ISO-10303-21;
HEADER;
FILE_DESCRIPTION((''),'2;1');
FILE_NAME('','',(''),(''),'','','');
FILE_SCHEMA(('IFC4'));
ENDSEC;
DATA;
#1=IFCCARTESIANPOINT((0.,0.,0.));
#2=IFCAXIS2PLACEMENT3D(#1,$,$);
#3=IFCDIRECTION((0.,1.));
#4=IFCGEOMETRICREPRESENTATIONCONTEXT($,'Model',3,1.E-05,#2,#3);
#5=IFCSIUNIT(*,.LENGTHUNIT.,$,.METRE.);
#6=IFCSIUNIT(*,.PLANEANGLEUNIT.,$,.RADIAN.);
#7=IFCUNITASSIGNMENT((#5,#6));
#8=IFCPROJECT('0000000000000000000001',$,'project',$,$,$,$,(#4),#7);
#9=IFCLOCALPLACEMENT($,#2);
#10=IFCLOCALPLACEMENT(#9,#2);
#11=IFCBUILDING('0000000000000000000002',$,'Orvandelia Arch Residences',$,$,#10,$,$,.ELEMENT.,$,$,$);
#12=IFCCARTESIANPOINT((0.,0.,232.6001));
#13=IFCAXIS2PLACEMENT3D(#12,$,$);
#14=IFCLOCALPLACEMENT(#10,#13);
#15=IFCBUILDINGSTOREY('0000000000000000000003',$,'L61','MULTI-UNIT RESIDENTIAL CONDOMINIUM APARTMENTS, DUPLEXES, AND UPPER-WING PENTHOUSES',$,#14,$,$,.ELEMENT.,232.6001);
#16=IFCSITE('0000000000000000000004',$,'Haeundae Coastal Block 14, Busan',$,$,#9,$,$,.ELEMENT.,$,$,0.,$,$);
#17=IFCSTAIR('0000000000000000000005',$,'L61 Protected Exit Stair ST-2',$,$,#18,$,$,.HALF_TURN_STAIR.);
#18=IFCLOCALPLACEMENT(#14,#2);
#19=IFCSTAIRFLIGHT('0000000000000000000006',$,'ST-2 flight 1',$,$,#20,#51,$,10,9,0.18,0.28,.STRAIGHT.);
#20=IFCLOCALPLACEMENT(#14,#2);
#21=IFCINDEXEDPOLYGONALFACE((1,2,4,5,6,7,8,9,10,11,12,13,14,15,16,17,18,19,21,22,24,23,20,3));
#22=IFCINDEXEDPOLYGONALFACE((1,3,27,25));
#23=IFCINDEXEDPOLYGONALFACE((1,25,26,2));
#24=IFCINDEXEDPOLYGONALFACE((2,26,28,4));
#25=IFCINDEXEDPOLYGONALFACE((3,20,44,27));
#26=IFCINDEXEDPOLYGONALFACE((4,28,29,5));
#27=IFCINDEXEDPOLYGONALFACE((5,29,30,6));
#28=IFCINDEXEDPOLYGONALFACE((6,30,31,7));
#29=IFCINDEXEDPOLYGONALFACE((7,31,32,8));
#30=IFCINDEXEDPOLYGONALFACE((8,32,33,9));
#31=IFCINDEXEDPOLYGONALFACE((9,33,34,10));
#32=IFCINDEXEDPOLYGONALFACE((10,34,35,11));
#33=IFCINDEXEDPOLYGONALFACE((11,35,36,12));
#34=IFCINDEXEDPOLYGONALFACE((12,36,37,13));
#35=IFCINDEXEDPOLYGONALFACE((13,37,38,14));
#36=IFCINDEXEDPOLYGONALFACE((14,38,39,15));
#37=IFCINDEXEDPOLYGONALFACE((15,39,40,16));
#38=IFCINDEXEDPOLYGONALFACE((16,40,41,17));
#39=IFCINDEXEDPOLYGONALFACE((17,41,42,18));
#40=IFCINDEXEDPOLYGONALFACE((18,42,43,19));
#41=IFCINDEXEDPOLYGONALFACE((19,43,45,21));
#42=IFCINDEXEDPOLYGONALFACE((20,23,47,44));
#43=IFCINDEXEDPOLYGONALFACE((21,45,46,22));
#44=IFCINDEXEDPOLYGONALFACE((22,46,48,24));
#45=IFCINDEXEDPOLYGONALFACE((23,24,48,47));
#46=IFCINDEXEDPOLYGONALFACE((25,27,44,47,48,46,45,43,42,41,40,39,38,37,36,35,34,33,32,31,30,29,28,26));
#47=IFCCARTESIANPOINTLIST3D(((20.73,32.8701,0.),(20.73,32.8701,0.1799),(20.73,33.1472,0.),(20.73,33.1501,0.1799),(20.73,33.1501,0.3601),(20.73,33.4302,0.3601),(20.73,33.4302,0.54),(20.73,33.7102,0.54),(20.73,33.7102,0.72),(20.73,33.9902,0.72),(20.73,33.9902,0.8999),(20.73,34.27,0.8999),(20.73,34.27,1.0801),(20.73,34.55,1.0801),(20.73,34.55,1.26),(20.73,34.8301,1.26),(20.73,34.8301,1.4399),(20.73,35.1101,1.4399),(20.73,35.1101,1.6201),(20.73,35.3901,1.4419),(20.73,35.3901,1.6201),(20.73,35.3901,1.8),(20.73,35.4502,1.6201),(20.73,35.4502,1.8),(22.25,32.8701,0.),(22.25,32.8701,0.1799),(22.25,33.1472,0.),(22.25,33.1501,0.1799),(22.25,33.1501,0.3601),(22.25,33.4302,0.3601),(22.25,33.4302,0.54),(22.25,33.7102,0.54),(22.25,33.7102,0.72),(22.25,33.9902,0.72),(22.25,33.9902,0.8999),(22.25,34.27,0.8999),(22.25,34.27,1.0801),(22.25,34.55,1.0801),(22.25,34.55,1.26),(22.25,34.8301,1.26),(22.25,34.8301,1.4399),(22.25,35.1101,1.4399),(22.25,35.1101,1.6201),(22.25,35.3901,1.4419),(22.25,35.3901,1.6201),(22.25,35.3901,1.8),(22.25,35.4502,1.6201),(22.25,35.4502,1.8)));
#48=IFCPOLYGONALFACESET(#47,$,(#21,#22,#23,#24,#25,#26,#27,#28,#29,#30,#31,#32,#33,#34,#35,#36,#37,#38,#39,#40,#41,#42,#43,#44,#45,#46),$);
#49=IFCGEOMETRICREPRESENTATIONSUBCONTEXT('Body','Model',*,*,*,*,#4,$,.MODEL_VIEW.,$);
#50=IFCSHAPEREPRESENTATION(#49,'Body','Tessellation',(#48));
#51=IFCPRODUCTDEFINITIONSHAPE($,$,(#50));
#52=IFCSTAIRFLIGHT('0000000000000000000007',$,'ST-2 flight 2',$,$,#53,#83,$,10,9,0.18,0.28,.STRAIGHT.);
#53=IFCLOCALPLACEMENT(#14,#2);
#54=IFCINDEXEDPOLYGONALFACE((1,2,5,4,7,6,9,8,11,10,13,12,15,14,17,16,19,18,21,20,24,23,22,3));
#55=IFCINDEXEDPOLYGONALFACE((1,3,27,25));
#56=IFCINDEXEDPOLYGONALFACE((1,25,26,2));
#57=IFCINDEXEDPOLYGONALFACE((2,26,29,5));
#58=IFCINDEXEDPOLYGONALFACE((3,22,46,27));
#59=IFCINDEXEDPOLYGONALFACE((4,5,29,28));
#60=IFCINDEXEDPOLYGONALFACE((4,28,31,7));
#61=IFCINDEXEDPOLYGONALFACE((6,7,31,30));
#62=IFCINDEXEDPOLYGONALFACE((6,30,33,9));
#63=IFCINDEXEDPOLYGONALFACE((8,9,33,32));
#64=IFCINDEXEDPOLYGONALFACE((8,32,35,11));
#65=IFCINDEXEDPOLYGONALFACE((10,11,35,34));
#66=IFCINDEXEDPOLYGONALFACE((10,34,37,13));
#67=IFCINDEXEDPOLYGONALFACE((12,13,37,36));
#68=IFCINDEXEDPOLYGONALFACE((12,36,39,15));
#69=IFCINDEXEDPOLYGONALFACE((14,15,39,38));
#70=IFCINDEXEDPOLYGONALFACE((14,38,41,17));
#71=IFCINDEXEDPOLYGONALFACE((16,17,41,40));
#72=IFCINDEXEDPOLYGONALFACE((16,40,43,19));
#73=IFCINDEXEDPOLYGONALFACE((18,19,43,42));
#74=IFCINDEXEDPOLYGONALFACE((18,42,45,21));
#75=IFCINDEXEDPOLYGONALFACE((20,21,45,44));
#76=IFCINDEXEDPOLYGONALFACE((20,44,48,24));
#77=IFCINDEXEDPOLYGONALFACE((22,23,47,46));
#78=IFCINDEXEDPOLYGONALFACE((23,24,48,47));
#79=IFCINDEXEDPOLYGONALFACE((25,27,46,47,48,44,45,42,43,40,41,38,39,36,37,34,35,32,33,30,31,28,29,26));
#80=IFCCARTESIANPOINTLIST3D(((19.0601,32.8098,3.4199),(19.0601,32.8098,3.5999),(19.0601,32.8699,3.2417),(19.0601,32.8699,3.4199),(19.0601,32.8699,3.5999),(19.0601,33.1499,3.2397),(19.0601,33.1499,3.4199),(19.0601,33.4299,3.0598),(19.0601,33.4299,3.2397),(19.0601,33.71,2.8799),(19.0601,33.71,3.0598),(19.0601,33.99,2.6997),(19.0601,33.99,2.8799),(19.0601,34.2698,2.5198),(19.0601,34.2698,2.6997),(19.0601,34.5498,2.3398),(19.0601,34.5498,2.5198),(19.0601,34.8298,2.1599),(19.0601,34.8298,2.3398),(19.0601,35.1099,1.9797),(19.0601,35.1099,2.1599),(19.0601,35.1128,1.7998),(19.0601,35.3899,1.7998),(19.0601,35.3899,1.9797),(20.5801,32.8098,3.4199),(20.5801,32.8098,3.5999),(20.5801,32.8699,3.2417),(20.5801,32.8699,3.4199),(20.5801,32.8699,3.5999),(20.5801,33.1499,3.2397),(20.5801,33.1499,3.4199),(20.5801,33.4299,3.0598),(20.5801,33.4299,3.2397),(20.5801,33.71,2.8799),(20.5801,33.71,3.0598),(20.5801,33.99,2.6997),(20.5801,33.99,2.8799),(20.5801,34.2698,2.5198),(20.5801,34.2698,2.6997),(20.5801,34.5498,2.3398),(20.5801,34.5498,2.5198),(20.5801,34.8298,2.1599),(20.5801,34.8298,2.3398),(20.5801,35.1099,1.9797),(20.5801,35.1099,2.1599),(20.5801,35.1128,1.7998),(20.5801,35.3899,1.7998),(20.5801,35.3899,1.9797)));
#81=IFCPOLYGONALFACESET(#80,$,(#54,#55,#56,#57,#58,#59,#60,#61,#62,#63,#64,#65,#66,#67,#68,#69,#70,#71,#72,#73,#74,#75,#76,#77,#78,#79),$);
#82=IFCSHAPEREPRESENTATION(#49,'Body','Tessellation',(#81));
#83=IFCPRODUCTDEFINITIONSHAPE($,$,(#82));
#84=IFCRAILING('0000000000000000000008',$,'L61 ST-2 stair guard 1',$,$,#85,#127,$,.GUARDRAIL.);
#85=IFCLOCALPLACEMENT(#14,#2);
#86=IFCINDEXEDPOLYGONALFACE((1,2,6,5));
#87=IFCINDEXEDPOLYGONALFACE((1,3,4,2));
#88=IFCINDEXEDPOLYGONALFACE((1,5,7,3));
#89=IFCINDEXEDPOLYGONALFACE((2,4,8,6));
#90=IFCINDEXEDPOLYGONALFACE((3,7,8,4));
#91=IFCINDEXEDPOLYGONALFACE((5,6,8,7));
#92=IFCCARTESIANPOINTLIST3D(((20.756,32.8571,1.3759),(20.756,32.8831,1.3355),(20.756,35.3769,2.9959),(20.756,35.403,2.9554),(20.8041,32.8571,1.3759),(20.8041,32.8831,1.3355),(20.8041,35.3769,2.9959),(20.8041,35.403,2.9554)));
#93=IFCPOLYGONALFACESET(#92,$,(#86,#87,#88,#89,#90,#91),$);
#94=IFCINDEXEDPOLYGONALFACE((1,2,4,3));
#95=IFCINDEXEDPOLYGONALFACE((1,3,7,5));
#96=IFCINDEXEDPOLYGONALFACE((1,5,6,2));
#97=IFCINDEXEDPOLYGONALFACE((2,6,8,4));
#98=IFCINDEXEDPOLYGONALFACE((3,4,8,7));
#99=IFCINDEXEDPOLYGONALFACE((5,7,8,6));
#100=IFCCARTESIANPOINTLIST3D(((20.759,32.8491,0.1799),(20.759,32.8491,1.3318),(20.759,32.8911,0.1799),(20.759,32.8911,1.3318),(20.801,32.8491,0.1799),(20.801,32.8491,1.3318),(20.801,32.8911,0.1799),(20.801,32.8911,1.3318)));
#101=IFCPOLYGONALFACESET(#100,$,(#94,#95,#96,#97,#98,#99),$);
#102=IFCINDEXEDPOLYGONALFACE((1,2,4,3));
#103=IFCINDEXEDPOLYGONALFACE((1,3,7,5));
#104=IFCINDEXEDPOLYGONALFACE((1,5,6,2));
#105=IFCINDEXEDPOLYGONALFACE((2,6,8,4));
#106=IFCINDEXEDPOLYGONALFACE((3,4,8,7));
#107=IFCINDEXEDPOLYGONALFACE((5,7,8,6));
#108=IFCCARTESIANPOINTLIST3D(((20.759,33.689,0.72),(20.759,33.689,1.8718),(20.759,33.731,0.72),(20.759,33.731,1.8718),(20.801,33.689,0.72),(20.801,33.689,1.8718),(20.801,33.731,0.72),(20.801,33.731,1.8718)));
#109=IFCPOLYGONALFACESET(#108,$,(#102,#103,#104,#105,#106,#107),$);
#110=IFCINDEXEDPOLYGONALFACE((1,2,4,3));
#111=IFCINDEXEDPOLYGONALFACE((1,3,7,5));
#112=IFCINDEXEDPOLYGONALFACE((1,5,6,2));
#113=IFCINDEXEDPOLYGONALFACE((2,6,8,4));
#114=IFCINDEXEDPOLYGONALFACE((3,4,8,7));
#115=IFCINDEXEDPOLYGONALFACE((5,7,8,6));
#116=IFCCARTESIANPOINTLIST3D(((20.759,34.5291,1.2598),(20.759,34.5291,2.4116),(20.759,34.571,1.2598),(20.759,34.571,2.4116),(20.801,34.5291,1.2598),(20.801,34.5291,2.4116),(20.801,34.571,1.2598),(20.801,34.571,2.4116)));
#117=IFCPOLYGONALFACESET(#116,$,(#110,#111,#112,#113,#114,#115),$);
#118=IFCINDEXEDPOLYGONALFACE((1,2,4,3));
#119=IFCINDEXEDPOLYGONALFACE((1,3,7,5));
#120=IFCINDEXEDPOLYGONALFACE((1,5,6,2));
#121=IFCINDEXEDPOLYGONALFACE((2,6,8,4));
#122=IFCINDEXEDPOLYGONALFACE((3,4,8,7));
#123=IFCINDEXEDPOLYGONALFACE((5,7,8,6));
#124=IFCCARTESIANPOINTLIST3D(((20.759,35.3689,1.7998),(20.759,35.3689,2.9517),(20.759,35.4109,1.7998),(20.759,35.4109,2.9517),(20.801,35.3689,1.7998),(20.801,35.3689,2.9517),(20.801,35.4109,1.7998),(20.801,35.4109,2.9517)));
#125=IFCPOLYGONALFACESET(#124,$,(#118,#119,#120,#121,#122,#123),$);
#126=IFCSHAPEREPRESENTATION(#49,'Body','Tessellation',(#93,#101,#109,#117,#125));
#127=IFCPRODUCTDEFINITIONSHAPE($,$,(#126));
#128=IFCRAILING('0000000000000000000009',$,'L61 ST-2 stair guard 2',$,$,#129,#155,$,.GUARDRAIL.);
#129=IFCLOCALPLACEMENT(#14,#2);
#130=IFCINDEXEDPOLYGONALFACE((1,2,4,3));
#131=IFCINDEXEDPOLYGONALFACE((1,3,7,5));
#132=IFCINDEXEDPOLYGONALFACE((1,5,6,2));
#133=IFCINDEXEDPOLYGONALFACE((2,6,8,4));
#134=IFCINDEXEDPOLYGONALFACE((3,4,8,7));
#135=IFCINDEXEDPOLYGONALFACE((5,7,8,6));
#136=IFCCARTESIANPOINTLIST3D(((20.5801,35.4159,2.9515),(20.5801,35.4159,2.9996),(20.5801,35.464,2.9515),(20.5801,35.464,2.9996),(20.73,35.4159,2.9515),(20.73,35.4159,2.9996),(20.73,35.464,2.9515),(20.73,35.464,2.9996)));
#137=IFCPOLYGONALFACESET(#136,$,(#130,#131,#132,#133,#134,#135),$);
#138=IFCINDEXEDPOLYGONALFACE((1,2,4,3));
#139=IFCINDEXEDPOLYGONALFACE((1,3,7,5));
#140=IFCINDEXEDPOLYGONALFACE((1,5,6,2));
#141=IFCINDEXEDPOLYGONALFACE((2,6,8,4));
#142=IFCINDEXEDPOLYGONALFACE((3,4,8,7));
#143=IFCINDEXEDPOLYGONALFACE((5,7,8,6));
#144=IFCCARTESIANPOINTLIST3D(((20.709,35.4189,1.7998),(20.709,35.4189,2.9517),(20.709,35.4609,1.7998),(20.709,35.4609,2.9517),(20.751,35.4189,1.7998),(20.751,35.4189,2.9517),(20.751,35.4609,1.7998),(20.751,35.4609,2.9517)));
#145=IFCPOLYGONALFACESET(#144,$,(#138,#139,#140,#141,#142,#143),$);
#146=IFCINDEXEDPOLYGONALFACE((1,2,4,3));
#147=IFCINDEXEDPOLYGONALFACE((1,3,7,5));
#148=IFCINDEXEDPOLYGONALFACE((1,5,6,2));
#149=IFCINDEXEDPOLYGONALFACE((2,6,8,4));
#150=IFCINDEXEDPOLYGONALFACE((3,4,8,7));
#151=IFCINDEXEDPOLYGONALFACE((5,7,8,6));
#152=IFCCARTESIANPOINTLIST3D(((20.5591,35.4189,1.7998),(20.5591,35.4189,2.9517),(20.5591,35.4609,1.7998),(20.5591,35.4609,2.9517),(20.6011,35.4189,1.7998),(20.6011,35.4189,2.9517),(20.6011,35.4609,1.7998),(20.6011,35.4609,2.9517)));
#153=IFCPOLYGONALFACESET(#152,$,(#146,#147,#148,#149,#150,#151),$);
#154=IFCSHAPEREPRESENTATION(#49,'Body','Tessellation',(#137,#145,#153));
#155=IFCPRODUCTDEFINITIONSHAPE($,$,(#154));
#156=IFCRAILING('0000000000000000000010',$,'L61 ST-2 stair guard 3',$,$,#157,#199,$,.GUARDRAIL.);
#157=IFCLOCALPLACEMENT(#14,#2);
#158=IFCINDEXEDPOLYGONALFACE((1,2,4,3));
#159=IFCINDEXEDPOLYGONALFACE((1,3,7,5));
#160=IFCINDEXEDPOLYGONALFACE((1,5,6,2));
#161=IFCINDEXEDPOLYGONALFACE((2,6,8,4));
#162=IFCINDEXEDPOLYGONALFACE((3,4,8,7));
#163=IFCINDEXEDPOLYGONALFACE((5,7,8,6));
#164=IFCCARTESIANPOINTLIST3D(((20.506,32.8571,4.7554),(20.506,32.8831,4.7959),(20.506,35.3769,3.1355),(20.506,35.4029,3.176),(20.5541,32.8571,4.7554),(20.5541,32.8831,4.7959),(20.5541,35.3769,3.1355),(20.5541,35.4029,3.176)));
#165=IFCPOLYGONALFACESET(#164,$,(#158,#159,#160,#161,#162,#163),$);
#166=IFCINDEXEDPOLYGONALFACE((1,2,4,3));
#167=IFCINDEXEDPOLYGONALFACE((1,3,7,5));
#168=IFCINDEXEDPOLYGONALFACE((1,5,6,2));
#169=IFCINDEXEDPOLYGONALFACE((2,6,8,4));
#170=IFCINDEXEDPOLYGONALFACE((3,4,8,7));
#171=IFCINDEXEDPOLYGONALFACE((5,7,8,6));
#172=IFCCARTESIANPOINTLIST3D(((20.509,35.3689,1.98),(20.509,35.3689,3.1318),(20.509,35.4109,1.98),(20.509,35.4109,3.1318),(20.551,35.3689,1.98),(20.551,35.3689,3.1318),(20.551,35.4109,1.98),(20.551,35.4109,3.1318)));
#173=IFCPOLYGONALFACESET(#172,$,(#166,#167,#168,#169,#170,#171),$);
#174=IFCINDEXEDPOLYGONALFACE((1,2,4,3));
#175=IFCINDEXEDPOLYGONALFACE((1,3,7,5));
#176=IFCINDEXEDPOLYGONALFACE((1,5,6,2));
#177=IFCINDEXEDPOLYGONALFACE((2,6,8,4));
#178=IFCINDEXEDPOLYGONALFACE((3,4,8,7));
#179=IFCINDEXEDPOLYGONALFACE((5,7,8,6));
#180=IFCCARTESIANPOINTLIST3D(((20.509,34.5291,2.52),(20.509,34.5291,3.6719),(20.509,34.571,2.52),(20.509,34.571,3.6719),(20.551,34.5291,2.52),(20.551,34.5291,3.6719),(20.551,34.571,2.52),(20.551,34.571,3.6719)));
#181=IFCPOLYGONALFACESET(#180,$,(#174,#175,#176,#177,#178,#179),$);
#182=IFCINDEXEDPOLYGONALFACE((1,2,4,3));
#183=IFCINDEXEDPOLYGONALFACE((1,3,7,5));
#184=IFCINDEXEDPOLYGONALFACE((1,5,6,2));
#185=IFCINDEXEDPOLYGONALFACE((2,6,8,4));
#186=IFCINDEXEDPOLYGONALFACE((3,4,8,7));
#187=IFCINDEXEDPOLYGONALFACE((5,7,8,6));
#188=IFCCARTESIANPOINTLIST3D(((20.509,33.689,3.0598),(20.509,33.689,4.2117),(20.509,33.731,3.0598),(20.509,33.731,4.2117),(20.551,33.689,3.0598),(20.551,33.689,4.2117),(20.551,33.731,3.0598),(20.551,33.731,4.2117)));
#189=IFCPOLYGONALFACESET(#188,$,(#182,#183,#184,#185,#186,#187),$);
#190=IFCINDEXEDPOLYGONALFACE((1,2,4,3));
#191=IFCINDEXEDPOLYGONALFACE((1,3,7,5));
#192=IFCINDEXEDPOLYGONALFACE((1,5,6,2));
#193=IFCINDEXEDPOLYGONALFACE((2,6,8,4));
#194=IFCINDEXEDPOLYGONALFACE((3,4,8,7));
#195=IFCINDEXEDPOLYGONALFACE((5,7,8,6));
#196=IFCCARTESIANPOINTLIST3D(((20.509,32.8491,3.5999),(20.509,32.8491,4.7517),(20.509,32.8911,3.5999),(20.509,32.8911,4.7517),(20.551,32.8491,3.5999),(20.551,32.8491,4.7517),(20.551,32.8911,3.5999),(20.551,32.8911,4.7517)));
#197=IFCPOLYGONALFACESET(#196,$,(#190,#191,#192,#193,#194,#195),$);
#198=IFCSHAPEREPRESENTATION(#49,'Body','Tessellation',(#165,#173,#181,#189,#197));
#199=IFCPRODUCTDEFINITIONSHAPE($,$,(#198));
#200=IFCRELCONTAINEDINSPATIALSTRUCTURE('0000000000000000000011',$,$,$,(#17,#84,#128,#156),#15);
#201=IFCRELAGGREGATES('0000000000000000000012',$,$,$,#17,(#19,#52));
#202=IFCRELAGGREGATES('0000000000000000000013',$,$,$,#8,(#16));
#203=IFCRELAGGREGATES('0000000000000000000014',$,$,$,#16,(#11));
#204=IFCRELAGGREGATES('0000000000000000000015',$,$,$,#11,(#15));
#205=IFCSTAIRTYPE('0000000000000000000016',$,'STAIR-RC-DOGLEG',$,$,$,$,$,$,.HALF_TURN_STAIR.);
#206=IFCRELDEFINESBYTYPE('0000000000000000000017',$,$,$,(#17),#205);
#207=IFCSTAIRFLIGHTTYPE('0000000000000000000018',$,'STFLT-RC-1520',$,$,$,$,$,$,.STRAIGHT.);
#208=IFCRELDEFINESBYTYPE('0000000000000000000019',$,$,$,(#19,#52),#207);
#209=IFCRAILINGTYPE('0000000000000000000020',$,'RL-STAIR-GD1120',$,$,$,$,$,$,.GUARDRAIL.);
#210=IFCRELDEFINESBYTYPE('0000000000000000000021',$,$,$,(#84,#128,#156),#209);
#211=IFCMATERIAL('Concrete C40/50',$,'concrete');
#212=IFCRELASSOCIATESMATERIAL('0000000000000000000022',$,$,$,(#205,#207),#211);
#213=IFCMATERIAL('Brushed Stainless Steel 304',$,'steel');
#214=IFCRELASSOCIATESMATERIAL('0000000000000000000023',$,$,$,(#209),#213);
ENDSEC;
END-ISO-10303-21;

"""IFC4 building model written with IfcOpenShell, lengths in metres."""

from ifc_helpers import new_model, si_unit, direction, frame, origin, origin_2d, place, context, subcontext, project, spatial, polyline, rectangle, outline, extrude, material, type_object, element, aggregate, save


model = new_model("IFC4")

# Units and contexts
model_context = context("Model", 3, precision=1e-05, world=origin(), true_north=direction((0.0, 1.0)))
body_context = subcontext(model_context, "Body", "Model", "MODEL_VIEW")
ifc_project = project(units=[si_unit("LENGTHUNIT", "METRE"), si_unit("PLANEANGLEUNIT", "RADIAN")], contexts=[model_context])

# Site, building, storey
site_placement = place(None, origin())
site = spatial("IfcSite", under=ifc_project, at=site_placement, Name="Haeundae Coastal Block 14, Busan", CompositionType="ELEMENT", RefElevation=0.0)
building_placement = place(site_placement, origin())
building = spatial("IfcBuilding", under=site, at=building_placement, Name="Orvandelia Arch Residences", CompositionType="ELEMENT")
storey_placement = place(building_placement, frame((0.0, 0.0, 232.6001)))
storey = spatial("IfcBuildingStorey", under=building, at=storey_placement, Name="L61", Description="MULTI-UNIT RESIDENTIAL CONDOMINIUM APARTMENTS, DUPLEXES, AND UPPER-WING PENTHOUSES", CompositionType="ELEMENT", Elevation=232.6001)

# Stair, stair flights
ifc_material_1 = material(Name="Concrete C40/50", Category="concrete")
stair_type = type_object("IfcStairType", Name="STAIR-RC-DOGLEG", PredefinedType="HALF_TURN_STAIR", material=ifc_material_1)
stair_placement = place(storey_placement, origin())
stair = element("IfcStair", 1, at=stair_placement, inside=storey, type_object=stair_type, Name="L61 Protected Exit Stair ST-2", PredefinedType="HALF_TURN_STAIR")
stair_flight_type = type_object("IfcStairFlightType", Name="STFLT-RC-1520", PredefinedType="STRAIGHT", material=ifc_material_1)
stair_flight_1_placement = place(storey_placement, frame((21.49, 32.8701, 0.0), z_axis=(0.0, 0.0, 1.0), x_axis=(0.0, 1.0, 0.0)))
stair_flight_1 = element("IfcStairFlight", 2, at=stair_flight_1_placement, type_object=stair_flight_type, Name="ST-2 flight 1", NumberOfRisers=10, NumberOfTreads=9, PredefinedType="STRAIGHT", RiserHeight=0.18, TreadLength=0.28, context=body_context, shape_type="SweptSolid", body=[
    extrude(outline(polyline([(0.0, 0.0), (0.0, 0.1799), (0.28, 0.1799), (0.28, 0.3601), (0.5601, 0.3601), (0.5601, 0.54), (0.8401, 0.54), (0.8401, 0.72), (1.1201, 0.72), (1.1201, 0.8999), (1.3999, 0.8999), (1.3999, 1.0801), (1.6799, 1.0801), (1.6799, 1.26), (1.96, 1.26), (1.96, 1.4399), (2.24, 1.4399), (2.24, 1.6201), (2.52, 1.6201), (2.52, 1.8), (2.5801, 1.8), (2.5801, 1.6201), (2.52, 1.4419), (0.2771, 0.0), (0.0, 0.0)])), frame((0.0, 0.76, 0.0), z_axis=(0.0, -1.0, 0.0), x_axis=(1.0, 0.0, 0.0)), (0.0, 0.0, 1.0), 1.52),
])
stair_flight_2_placement = place(storey_placement, frame((19.8201, 35.3899, 1.7998), z_axis=(0.0, 0.0, 1.0), x_axis=(0.0, -1.0, 0.0)))
stair_flight_2 = element("IfcStairFlight", 3, at=stair_flight_2_placement, type_object=stair_flight_type, Name="ST-2 flight 2", NumberOfRisers=10, NumberOfTreads=9, PredefinedType="STRAIGHT", RiserHeight=0.18, TreadLength=0.28, context=body_context, shape_type="SweptSolid", body=[
    extrude(outline(polyline([(0.0, 0.0), (0.0, 0.1799), (0.28, 0.1799), (0.28, 0.3601), (0.5601, 0.3601), (0.5601, 0.54), (0.8401, 0.54), (0.8401, 0.72), (1.1201, 0.72), (1.1201, 0.8999), (1.3999, 0.8999), (1.3999, 1.0801), (1.6799, 1.0801), (1.6799, 1.26), (1.96, 1.26), (1.96, 1.4399), (2.24, 1.4399), (2.24, 1.6201), (2.52, 1.6201), (2.52, 1.8), (2.5801, 1.8), (2.5801, 1.6201), (2.52, 1.4419), (0.2771, 0.0), (0.0, 0.0)])), frame((0.0, 0.76, 0.0), z_axis=(0.0, -1.0, 0.0), x_axis=(1.0, 0.0, 0.0)), (0.0, 0.0, 1.0), 1.52),
])
aggregate(stair, [stair_flight_1, stair_flight_2])

# Railings
ifc_material_2 = material(Name="Brushed Stainless Steel 304", Category="steel")
railing_type_1 = type_object("IfcRailingType", Name="RL-STAIR-GD1120", PredefinedType="GUARDRAIL", material=ifc_material_2)
railing_1_placement = place(storey_placement, frame((20.78, 32.8701, 0.1799)))
element("IfcRailing", 4, at=railing_1_placement, inside=storey, type_object=railing_type_1, Name="L61 ST-2 stair guard 1", PredefinedType="GUARDRAIL", context=body_context, shape_type="SweptSolid", body=[
    extrude(rectangle(XDim=0.0481, YDim=0.0481, at=origin_2d()), frame((0.0, 0.0, 1.1758), z_axis=(0.0, 0.841176, 0.540762), x_axis=(-1.0, 0.0, 0.0)), (0.0, 0.0, 1.0), 2.9956),
    extrude(rectangle(XDim=0.042, YDim=0.042, at=origin_2d()), origin(), (0.0, 0.0, 1.0), 1.1519),
    extrude(rectangle(XDim=0.042, YDim=0.042, at=origin_2d()), frame((0.0, 0.8398, 0.54)), (0.0, 0.0, 1.0), 1.1519),
    extrude(rectangle(XDim=0.042, YDim=0.042, at=origin_2d()), frame((0.0, 1.6799, 1.0798)), (0.0, 0.0, 1.0), 1.1519),
    extrude(rectangle(XDim=0.042, YDim=0.042, at=origin_2d()), frame((0.0, 2.5198, 1.6199)), (0.0, 0.0, 1.0), 1.1519),
])
railing_2_placement = place(storey_placement, frame((20.73, 35.4399, 1.7998)))
element("IfcRailing", 5, at=railing_2_placement, inside=storey, type_object=railing_type_1, Name="L61 ST-2 stair guard 2", PredefinedType="GUARDRAIL", context=body_context, shape_type="SweptSolid", body=[
    extrude(rectangle(XDim=0.0481, YDim=0.0481, at=origin_2d()), frame((0.0, 0.0, 1.1758), z_axis=(-1.0, 0.0, 0.0), x_axis=(0.0, -1.0, 0.0)), (0.0, 0.0, 1.0), 0.1499),
    extrude(rectangle(XDim=0.042, YDim=0.042, at=origin_2d()), origin(), (0.0, 0.0, 1.0), 1.1519),
    extrude(rectangle(XDim=0.042, YDim=0.042, at=origin_2d()), frame((-0.1499, 0.0, 0.0)), (0.0, 0.0, 1.0), 1.1519),
])
railing_3_placement = place(storey_placement, frame((20.53, 35.3899, 1.98)))
element("IfcRailing", 6, at=railing_3_placement, inside=storey, type_object=railing_type_1, Name="L61 ST-2 stair guard 3", PredefinedType="GUARDRAIL", context=body_context, shape_type="SweptSolid", body=[
    extrude(rectangle(XDim=0.0481, YDim=0.0481, at=origin_2d()), frame((0.0, 0.0, 1.1758), z_axis=(0.0, -0.841176, 0.540762), x_axis=(1.0, 0.0, 0.0)), (0.0, 0.0, 1.0), 2.9956),
    extrude(rectangle(XDim=0.042, YDim=0.042, at=origin_2d()), origin(), (0.0, 0.0, 1.0), 1.1519),
    extrude(rectangle(XDim=0.042, YDim=0.042, at=origin_2d()), frame((0.0, -0.8398, 0.54)), (0.0, 0.0, 1.0), 1.1519),
    extrude(rectangle(XDim=0.042, YDim=0.042, at=origin_2d()), frame((0.0, -1.6799, 1.0798)), (0.0, 0.0, 1.0), 1.1519),
    extrude(rectangle(XDim=0.042, YDim=0.042, at=origin_2d()), frame((0.0, -2.5198, 1.6199)), (0.0, 0.0, 1.0), 1.1519),
])

save(model, "model.ifc")
